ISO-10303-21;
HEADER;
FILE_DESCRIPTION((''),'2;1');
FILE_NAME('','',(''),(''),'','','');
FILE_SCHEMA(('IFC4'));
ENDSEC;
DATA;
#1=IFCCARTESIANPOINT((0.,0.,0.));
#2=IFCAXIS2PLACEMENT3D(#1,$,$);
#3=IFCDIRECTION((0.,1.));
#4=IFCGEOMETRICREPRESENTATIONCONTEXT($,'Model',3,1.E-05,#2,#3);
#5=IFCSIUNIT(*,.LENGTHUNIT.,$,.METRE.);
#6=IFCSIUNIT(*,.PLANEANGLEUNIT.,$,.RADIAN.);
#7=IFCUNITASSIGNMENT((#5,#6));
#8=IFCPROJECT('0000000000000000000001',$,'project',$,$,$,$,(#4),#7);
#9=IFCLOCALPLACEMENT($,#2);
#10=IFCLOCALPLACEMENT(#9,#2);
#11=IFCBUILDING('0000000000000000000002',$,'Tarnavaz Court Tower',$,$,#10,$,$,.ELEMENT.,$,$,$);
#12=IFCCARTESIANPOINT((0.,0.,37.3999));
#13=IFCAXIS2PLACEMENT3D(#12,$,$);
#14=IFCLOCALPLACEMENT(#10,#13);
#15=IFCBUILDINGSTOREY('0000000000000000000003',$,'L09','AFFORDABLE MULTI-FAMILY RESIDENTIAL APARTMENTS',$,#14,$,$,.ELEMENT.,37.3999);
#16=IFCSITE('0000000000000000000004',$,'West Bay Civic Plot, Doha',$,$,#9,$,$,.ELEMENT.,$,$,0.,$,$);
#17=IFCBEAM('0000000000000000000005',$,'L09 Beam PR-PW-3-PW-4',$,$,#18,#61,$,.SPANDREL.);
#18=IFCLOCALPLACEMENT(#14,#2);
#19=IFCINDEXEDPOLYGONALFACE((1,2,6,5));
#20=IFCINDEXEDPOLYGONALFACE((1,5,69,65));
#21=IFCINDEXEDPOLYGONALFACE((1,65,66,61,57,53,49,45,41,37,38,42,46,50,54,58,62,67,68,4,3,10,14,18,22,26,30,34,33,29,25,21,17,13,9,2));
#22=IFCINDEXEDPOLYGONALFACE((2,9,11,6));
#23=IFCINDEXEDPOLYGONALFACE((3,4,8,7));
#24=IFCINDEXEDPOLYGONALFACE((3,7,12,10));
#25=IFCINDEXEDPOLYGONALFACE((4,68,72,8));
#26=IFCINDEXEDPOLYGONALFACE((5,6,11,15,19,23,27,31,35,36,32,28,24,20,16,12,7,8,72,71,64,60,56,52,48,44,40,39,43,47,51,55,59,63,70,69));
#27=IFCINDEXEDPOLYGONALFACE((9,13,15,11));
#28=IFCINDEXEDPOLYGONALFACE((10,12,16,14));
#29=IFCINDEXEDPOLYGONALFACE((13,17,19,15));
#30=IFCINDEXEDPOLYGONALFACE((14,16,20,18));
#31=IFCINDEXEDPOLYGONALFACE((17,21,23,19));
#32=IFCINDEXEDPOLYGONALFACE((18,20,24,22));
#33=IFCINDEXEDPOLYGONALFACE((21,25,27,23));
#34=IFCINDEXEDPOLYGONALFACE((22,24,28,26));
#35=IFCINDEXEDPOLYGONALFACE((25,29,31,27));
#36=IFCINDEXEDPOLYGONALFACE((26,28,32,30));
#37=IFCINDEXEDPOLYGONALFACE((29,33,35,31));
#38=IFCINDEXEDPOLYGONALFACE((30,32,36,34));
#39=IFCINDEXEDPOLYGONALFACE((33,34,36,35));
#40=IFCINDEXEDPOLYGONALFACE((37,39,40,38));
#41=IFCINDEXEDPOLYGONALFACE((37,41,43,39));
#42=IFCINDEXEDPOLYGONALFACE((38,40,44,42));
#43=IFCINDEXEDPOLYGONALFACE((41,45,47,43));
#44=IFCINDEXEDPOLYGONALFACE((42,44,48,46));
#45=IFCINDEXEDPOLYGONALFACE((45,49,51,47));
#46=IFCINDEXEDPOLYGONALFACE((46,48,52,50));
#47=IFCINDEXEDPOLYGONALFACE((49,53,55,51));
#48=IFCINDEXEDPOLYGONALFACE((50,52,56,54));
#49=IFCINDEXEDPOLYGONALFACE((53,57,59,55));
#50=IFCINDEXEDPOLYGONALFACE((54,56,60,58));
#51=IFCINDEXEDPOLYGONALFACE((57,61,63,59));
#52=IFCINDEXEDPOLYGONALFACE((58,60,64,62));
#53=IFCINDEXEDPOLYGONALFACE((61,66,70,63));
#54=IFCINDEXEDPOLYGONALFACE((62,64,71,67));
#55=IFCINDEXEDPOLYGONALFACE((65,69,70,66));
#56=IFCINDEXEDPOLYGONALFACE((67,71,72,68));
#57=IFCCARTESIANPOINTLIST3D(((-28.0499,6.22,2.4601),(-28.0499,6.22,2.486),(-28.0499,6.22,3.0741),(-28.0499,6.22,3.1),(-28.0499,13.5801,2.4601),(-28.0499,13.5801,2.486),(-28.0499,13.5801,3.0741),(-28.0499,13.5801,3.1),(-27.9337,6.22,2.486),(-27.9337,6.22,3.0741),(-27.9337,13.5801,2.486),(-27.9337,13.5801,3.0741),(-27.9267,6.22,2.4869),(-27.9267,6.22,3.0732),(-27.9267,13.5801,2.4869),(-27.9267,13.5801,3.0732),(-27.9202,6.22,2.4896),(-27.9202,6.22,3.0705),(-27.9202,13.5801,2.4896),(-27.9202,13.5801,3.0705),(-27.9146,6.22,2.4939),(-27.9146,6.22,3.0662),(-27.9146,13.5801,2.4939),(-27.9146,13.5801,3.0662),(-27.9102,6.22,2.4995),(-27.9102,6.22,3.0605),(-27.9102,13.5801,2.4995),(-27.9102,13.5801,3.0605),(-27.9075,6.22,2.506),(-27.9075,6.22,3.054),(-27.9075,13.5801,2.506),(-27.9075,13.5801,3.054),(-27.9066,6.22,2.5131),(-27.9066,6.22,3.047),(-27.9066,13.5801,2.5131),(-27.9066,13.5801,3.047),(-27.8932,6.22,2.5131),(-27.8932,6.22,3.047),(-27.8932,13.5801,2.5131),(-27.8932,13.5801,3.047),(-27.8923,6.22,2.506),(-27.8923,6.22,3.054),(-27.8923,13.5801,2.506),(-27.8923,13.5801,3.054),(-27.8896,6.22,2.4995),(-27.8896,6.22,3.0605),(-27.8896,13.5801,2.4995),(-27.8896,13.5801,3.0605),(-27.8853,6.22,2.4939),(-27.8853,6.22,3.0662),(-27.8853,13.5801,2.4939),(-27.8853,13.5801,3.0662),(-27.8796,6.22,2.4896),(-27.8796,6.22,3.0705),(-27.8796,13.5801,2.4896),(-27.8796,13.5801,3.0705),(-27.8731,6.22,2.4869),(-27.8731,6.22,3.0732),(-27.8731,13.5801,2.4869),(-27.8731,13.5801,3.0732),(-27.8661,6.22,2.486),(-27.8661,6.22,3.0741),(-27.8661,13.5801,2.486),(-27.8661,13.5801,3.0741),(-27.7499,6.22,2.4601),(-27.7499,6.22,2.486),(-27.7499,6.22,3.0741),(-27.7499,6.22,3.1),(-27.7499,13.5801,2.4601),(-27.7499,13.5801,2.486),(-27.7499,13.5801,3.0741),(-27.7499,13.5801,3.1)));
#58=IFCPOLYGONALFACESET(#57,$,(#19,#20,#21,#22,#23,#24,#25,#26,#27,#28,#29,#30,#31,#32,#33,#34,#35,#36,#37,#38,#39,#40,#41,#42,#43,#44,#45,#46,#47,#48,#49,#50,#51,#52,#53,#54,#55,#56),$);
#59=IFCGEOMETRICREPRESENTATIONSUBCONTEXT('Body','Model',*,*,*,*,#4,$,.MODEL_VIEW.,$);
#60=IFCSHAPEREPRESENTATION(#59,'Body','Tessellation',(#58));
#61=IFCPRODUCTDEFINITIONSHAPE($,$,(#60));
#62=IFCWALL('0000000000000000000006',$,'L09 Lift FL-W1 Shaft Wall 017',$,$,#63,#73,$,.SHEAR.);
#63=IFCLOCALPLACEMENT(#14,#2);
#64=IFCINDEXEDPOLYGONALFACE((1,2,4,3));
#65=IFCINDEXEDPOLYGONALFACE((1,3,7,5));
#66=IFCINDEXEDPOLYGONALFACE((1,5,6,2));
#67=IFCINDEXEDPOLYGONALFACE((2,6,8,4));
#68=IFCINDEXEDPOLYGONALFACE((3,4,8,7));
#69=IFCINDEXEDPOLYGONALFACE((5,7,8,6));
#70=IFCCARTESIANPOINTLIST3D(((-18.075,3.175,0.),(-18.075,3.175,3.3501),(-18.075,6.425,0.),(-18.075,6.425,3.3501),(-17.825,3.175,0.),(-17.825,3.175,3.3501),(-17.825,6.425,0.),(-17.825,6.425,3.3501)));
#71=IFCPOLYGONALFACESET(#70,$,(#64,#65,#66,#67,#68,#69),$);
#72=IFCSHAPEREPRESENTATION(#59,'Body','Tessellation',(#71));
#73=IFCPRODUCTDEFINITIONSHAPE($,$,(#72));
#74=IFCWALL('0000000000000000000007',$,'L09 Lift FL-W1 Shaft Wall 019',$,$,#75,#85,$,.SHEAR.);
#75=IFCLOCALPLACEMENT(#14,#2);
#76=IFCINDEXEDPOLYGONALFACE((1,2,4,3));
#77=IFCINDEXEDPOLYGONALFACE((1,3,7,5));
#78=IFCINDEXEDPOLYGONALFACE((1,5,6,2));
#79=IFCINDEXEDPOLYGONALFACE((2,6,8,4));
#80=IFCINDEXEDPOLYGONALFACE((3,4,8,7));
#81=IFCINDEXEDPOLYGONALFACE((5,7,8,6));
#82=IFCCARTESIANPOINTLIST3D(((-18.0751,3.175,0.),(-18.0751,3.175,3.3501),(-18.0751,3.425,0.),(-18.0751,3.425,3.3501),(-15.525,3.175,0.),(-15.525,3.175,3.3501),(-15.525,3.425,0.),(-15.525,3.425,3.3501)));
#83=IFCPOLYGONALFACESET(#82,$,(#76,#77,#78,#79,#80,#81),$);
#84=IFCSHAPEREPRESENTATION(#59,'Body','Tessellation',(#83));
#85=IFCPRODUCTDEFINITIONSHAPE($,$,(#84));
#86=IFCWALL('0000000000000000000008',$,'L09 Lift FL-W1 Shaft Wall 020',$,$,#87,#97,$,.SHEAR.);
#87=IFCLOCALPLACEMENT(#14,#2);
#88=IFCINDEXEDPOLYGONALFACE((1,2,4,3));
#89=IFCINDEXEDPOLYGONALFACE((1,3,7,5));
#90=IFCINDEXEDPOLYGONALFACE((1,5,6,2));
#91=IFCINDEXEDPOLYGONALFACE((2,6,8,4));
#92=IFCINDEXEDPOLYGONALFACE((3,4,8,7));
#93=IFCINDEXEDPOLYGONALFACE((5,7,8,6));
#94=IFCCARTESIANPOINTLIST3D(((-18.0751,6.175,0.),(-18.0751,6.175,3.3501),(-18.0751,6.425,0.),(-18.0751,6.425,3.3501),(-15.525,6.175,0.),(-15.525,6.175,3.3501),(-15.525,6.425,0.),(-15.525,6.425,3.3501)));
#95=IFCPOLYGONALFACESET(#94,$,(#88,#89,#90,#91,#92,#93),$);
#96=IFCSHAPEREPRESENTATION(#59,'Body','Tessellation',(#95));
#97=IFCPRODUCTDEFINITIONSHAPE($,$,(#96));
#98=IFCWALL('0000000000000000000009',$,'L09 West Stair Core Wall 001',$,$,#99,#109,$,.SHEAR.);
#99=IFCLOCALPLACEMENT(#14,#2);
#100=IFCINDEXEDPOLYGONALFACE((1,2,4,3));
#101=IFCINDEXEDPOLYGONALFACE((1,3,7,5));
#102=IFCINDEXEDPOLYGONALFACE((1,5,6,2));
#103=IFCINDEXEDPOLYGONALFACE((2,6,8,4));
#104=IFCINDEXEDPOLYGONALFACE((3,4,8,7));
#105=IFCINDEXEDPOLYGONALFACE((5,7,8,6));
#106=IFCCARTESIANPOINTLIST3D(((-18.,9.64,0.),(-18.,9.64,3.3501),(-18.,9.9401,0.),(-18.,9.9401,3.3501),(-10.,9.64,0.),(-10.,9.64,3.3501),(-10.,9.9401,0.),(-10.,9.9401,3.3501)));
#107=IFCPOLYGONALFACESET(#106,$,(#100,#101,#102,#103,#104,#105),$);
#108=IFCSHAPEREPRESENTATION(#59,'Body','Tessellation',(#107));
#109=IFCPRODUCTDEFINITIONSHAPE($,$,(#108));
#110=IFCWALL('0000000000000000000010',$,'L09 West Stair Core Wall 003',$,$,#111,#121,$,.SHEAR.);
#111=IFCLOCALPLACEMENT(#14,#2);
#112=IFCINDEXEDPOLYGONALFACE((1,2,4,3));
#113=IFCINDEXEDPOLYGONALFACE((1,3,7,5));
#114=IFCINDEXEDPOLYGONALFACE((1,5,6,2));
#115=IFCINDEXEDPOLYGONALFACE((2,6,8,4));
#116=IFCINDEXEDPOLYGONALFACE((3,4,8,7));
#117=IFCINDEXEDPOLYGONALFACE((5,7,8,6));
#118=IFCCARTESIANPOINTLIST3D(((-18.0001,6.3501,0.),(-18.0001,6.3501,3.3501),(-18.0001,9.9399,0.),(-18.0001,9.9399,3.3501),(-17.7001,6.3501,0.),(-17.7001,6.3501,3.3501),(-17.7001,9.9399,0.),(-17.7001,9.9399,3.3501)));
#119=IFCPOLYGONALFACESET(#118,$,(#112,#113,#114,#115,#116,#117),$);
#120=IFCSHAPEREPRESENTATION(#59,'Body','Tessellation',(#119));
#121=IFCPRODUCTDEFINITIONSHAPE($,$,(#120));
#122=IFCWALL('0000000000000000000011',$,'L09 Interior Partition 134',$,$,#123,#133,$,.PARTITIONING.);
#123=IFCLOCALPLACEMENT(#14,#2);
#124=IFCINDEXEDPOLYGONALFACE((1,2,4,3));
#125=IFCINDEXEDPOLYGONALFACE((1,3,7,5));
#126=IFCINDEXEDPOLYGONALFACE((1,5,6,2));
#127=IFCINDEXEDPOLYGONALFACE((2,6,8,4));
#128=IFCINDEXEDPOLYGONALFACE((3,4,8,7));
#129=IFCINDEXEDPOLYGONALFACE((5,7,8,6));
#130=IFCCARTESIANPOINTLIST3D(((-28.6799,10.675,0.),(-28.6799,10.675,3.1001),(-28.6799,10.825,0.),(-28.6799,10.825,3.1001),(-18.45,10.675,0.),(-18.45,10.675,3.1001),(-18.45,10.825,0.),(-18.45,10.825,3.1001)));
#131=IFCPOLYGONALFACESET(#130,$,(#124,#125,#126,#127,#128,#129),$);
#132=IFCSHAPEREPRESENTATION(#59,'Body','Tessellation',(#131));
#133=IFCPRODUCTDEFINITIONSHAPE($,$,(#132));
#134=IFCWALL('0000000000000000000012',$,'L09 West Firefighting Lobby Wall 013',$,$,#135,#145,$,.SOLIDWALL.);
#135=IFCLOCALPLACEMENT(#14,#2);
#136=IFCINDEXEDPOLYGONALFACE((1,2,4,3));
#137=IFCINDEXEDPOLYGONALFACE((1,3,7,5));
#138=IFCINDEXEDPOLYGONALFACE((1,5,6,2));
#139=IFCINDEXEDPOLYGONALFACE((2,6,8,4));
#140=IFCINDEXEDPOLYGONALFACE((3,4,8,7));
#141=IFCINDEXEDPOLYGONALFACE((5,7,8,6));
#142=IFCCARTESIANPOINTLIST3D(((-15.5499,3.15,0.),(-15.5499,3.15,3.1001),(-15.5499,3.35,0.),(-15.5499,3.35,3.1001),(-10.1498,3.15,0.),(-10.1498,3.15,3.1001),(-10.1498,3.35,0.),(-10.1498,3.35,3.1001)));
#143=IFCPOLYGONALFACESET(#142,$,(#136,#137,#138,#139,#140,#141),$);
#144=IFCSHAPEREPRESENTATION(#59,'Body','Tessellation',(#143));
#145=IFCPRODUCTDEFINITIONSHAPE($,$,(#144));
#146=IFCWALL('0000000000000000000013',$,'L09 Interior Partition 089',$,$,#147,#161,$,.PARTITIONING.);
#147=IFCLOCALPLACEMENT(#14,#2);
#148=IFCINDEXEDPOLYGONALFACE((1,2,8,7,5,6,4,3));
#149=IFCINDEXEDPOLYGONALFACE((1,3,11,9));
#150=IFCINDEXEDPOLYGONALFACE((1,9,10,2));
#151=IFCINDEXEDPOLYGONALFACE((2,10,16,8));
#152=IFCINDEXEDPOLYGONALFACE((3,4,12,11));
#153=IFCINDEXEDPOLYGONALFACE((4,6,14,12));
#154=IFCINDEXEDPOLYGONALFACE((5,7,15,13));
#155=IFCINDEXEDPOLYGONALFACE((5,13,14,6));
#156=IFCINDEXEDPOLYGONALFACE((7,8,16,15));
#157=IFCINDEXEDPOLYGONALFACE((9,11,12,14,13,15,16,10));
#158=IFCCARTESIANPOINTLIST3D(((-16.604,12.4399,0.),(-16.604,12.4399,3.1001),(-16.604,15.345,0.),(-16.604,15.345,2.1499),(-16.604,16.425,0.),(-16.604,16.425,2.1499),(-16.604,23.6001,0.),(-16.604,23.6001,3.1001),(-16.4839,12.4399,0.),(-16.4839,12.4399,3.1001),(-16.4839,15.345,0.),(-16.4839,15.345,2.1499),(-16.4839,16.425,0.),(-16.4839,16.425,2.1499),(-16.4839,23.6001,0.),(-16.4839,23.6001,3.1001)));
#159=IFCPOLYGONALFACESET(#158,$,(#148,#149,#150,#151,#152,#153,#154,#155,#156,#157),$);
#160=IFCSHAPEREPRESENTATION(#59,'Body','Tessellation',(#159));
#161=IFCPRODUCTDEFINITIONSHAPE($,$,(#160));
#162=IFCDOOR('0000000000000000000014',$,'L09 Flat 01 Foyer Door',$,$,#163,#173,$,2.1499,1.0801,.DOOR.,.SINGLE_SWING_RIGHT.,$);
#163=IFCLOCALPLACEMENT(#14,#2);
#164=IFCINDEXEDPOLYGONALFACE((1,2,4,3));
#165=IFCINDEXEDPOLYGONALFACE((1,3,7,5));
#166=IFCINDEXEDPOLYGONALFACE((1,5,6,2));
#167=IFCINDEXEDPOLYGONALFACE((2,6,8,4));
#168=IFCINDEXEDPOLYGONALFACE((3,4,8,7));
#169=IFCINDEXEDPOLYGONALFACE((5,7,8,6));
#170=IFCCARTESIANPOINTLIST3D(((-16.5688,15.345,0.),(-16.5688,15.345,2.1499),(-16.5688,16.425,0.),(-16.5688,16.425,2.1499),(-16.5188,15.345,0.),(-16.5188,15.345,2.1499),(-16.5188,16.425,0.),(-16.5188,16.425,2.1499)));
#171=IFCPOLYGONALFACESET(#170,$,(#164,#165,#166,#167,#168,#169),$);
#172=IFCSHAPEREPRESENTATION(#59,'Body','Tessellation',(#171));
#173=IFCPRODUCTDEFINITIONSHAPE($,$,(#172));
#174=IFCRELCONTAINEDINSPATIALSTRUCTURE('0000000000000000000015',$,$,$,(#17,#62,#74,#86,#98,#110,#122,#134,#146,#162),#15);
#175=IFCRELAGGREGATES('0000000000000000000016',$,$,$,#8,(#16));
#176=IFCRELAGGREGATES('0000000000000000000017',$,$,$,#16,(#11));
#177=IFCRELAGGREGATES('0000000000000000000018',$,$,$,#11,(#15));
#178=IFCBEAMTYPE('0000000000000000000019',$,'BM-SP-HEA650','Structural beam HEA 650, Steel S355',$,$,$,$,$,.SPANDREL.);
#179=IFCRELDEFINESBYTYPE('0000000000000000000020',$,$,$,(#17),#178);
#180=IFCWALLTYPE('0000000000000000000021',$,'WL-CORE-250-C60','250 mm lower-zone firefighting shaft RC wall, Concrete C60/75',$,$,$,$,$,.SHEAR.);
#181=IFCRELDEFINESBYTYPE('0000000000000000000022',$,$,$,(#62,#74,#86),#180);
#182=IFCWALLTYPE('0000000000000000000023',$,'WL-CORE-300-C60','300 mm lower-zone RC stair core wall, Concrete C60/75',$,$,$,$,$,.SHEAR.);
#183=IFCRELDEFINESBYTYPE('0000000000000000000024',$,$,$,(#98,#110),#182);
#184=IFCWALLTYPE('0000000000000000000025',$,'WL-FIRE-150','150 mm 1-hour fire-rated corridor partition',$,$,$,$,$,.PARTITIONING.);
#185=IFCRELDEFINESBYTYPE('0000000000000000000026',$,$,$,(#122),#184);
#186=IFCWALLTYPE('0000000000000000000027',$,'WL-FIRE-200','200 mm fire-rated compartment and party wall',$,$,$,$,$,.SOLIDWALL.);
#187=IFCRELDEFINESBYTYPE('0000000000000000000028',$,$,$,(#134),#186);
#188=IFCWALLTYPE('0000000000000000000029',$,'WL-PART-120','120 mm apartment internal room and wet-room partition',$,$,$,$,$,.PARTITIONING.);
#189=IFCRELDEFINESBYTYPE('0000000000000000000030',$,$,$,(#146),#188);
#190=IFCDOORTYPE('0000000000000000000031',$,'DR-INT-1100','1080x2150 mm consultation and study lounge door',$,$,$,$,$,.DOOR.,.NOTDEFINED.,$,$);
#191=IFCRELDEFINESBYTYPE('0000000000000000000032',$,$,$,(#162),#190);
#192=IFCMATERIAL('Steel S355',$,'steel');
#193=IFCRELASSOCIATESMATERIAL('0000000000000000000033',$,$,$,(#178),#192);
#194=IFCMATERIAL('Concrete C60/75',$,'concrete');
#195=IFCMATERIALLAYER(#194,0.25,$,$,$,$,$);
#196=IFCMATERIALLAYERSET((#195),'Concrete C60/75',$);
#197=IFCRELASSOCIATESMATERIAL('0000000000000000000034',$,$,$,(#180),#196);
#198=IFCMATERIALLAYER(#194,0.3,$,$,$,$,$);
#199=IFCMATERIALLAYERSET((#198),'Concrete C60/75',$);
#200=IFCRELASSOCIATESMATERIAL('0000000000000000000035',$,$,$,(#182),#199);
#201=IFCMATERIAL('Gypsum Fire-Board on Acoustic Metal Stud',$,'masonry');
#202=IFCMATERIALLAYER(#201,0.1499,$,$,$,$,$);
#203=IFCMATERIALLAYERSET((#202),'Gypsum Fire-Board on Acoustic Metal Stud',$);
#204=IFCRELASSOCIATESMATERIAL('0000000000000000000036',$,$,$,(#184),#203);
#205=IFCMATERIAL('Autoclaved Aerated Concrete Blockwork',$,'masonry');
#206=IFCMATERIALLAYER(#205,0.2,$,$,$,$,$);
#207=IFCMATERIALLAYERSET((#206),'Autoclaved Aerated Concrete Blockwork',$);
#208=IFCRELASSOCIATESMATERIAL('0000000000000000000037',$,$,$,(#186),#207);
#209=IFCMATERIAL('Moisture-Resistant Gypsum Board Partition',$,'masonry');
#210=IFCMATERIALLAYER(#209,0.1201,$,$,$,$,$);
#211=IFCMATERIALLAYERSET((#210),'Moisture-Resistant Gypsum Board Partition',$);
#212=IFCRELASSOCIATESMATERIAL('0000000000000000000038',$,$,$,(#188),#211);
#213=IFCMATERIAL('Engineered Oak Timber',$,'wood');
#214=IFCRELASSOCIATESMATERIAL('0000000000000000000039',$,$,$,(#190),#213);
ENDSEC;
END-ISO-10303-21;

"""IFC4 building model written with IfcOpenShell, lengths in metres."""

from ifc_helpers import new_model, si_unit, direction, frame, frame_2d, origin, origin_2d, place, context, subcontext, project, spatial, rectangle, i_section, extrude, material, layer, layer_set, material_profile, profile_set, type_object, element, fill, save


model = new_model("IFC4")

# Units and contexts
model_context = context("Model", 3, precision=1e-05, world=origin(), true_north=direction((0.0, 1.0)))
body_context = subcontext(model_context, "Body", "Model", "MODEL_VIEW")
ifc_project = project(units=[si_unit("LENGTHUNIT", "METRE"), si_unit("PLANEANGLEUNIT", "RADIAN")], contexts=[model_context])

# Site, building, storey
site_placement = place(None, origin())
site = spatial("IfcSite", under=ifc_project, at=site_placement, Name="West Bay Civic Plot, Doha", CompositionType="ELEMENT", RefElevation=0.0)
building_placement = place(site_placement, origin())
building = spatial("IfcBuilding", under=site, at=building_placement, Name="Tarnavaz Court Tower", CompositionType="ELEMENT")
storey_placement = place(building_placement, frame((0.0, 0.0, 37.3999)))
storey = spatial("IfcBuildingStorey", under=building, at=storey_placement, Name="L09", Description="AFFORDABLE MULTI-FAMILY RESIDENTIAL APARTMENTS", CompositionType="ELEMENT", Elevation=37.3999)

# Shared definitions
ifc_material_1 = material(Name="Concrete C60/75", Category="concrete")

# Beam
ifc_material_2 = material(Name="Steel S355", Category="steel")
ifc_material_profile_1 = material_profile(ifc_material_2, i_section(OverallWidth=0.3, OverallDepth=0.6399, WebThickness=0.0134, FlangeThickness=0.0259, FilletRadius=0.0271, at=origin_2d()), Name="HEA 650")
ifc_profile_set_1 = profile_set([ifc_material_profile_1], Name="Steel S355")
beam_type_1 = type_object("IfcBeamType", Name="BM-SP-HEA650", Description="Structural beam HEA 650, Steel S355", PredefinedType="SPANDREL", material=ifc_profile_set_1)
beam_1_placement = place(storey_placement, frame((-27.8999, 6.22, 2.78), z_axis=(0.0, 1.0, 0.0), x_axis=(-1.0, 0.0, 0.0)))
element("IfcBeam", 1, at=beam_1_placement, inside=storey, type_object=beam_type_1, Name="L09 Beam PR-PW-3-PW-4", PredefinedType="SPANDREL", context=body_context, shape_type="SweptSolid", body=[
    extrude(i_section(OverallWidth=0.3, OverallDepth=0.6399, WebThickness=0.0134, FlangeThickness=0.0259, FilletRadius=0.0271, at=origin_2d()), origin(), (0.0, 0.0, 1.0), 7.3601),
])

# Wall
ifc_layer_1 = layer(ifc_material_1, 0.25)
ifc_layer_set_1 = layer_set([ifc_layer_1], Name="Concrete C60/75")
wall_type_1 = type_object("IfcWallType", Name="WL-CORE-250-C60", Description="250 mm lower-zone firefighting shaft RC wall, Concrete C60/75", PredefinedType="SHEAR", material=ifc_layer_set_1)
wall_1_placement = place(storey_placement, frame((-17.95, 3.175, 0.0), z_axis=(0.0, 0.0, 1.0), x_axis=(0.0, 1.0, 0.0)))
element("IfcWall", 2, at=wall_1_placement, inside=storey, type_object=wall_type_1, Name="L09 Lift FL-W1 Shaft Wall 017", PredefinedType="SHEAR", context=body_context, shape_type="SweptSolid", body=[
    extrude(rectangle(XDim=3.25, YDim=0.25, at=frame_2d((1.625, 0.0))), origin(), (0.0, 0.0, 1.0), 3.3501),
])

# Walls
for number, where, z_axis, x_axis, name in (
    (3, (-18.075, 3.3, 0.0), (0.0, 0.0, 1.0), (1.0, 0.0, 0.0), "L09 Lift FL-W1 Shaft Wall 019"),
    (4, (-18.075, 6.3, 0.0), (0.0, 0.0, 1.0), (1.0, 0.0, 0.0), "L09 Lift FL-W1 Shaft Wall 020"),
):
    element("IfcWall", number, at=place(storey_placement, frame(where, z_axis=z_axis, x_axis=x_axis)), inside=storey, type_object=wall_type_1, Name=name, PredefinedType="SHEAR", context=body_context, shape_type="SweptSolid", body=[
        extrude(rectangle(XDim=2.55, YDim=0.25, at=frame_2d((1.2749, 0.0))), origin(), (0.0, 0.0, 1.0), 3.3501),
    ])
ifc_layer_2 = layer(ifc_material_1, 0.3)
ifc_layer_set_2 = layer_set([ifc_layer_2], Name="Concrete C60/75")
wall_type_2 = type_object("IfcWallType", Name="WL-CORE-300-C60", Description="300 mm lower-zone RC stair core wall, Concrete C60/75", PredefinedType="SHEAR", material=ifc_layer_set_2)
wall_2_placement = place(storey_placement, frame((-18.0, 9.79, 0.0), z_axis=(0.0, 0.0, 1.0), x_axis=(1.0, 0.0, 0.0)))
element("IfcWall", 5, at=wall_2_placement, inside=storey, type_object=wall_type_2, Name="L09 West Stair Core Wall 001", PredefinedType="SHEAR", context=body_context, shape_type="SweptSolid", body=[
    extrude(rectangle(XDim=8.0, YDim=0.3, at=frame_2d((4.0, 0.0))), origin(), (0.0, 0.0, 1.0), 3.3501),
])

# Walls
wall_3_placement = place(storey_placement, frame((-17.8501, 6.3501, 0.0), z_axis=(0.0, 0.0, 1.0), x_axis=(0.0, 1.0, 0.0)))
element("IfcWall", 6, at=wall_3_placement, inside=storey, type_object=wall_type_2, Name="L09 West Stair Core Wall 003", PredefinedType="SHEAR", context=body_context, shape_type="SweptSolid", body=[
    extrude(rectangle(XDim=3.5898, YDim=0.3, at=frame_2d((1.7949, 0.0))), origin(), (0.0, 0.0, 1.0), 3.3501),
])
ifc_material_3 = material(Name="Gypsum Fire-Board on Acoustic Metal Stud", Category="masonry")
ifc_layer_3 = layer(ifc_material_3, 0.1499)
ifc_layer_set_3 = layer_set([ifc_layer_3], Name="Gypsum Fire-Board on Acoustic Metal Stud")
wall_type_3 = type_object("IfcWallType", Name="WL-FIRE-150", Description="150 mm 1-hour fire-rated corridor partition", PredefinedType="PARTITIONING", material=ifc_layer_set_3)
wall_4_placement = place(storey_placement, frame((-28.6799, 10.75, 0.0), z_axis=(0.0, 0.0, 1.0), x_axis=(1.0, 0.0, 0.0)))
element("IfcWall", 7, at=wall_4_placement, inside=storey, type_object=wall_type_3, Name="L09 Interior Partition 134", PredefinedType="PARTITIONING", context=body_context, shape_type="SweptSolid", body=[
    extrude(rectangle(XDim=10.23, YDim=0.1499, at=frame_2d((5.115, 0.0))), origin(), (0.0, 0.0, 1.0), 3.1001),
])
ifc_material_4 = material(Name="Autoclaved Aerated Concrete Blockwork", Category="masonry")
ifc_layer_4 = layer(ifc_material_4, 0.2)
ifc_layer_set_4 = layer_set([ifc_layer_4], Name="Autoclaved Aerated Concrete Blockwork")
wall_type_4 = type_object("IfcWallType", Name="WL-FIRE-200", Description="200 mm fire-rated compartment and party wall", PredefinedType="SOLIDWALL", material=ifc_layer_set_4)
wall_5_placement = place(storey_placement, frame((-15.55, 3.25, 0.0), z_axis=(0.0, 0.0, 1.0), x_axis=(1.0, 0.0, 0.0)))
element("IfcWall", 8, at=wall_5_placement, inside=storey, type_object=wall_type_4, Name="L09 West Firefighting Lobby Wall 013", PredefinedType="SOLIDWALL", context=body_context, shape_type="SweptSolid", body=[
    extrude(rectangle(XDim=5.4001, YDim=0.2, at=frame_2d((2.7002, 0.0))), origin(), (0.0, 0.0, 1.0), 3.1001),
])

# Wall, opening, door
ifc_material_5 = material(Name="Moisture-Resistant Gypsum Board Partition", Category="masonry")
ifc_layer_5 = layer(ifc_material_5, 0.1201)
ifc_layer_set_5 = layer_set([ifc_layer_5], Name="Moisture-Resistant Gypsum Board Partition")
wall_type_5 = type_object("IfcWallType", Name="WL-PART-120", Description="120 mm apartment internal room and wet-room partition", PredefinedType="PARTITIONING", material=ifc_layer_set_5)
wall_6_placement = place(storey_placement, frame((-16.5439, 12.4399, 0.0), z_axis=(0.0, 0.0, 1.0), x_axis=(0.0, 1.0, 0.0)))
wall_6 = element("IfcWall", 9, at=wall_6_placement, inside=storey, type_object=wall_type_5, Name="L09 Interior Partition 089", PredefinedType="PARTITIONING", context=body_context, shape_type="SweptSolid", body=[
    extrude(rectangle(XDim=11.1602, YDim=0.1201, at=frame_2d((5.5801, 0.0))), origin(), (0.0, 0.0, 1.0), 3.1001),
])
opening_1_placement = place(wall_6_placement, frame((2.905, 0.0, 0.0)))
opening_1 = element("IfcOpeningElement", 10, at=opening_1_placement, cuts=wall_6, PredefinedType="OPENING", context=body_context, shape_type="SweptSolid", body=[
    extrude(rectangle(XDim=1.0801, YDim=2.1499, at=frame_2d((0.54, 1.075))), frame((0.0, 0.0701, 0.0), z_axis=(0.0, -1.0, 0.0), x_axis=(1.0, 0.0, 0.0)), (0.0, 0.0, 1.0), 0.1401),
])
ifc_material_6 = material(Name="Engineered Oak Timber", Category="wood")
door_type_1 = type_object("IfcDoorType", Name="DR-INT-1100", Description="1080x2150 mm consultation and study lounge door", OperationType="NOTDEFINED", PredefinedType="DOOR", material=ifc_material_6)
door_1_placement = place(opening_1_placement, origin())
door_1 = element("IfcDoor", 11, at=door_1_placement, inside=storey, type_object=door_type_1, Name="L09 Flat 01 Foyer Door", OperationType="SINGLE_SWING_RIGHT", OverallHeight=2.1499, OverallWidth=1.0801, PredefinedType="DOOR", context=body_context, shape_type="SweptSolid", body=[
    extrude(rectangle(XDim=1.0801, YDim=2.1499, at=frame_2d((0.54, 1.075))), frame((0.0, 0.0249, 0.0), z_axis=(0.0, -1.0, 0.0), x_axis=(1.0, 0.0, 0.0)), (0.0, 0.0, 1.0), 0.05),
])
fill(opening_1, door_1)

save(model, "model.ifc")
